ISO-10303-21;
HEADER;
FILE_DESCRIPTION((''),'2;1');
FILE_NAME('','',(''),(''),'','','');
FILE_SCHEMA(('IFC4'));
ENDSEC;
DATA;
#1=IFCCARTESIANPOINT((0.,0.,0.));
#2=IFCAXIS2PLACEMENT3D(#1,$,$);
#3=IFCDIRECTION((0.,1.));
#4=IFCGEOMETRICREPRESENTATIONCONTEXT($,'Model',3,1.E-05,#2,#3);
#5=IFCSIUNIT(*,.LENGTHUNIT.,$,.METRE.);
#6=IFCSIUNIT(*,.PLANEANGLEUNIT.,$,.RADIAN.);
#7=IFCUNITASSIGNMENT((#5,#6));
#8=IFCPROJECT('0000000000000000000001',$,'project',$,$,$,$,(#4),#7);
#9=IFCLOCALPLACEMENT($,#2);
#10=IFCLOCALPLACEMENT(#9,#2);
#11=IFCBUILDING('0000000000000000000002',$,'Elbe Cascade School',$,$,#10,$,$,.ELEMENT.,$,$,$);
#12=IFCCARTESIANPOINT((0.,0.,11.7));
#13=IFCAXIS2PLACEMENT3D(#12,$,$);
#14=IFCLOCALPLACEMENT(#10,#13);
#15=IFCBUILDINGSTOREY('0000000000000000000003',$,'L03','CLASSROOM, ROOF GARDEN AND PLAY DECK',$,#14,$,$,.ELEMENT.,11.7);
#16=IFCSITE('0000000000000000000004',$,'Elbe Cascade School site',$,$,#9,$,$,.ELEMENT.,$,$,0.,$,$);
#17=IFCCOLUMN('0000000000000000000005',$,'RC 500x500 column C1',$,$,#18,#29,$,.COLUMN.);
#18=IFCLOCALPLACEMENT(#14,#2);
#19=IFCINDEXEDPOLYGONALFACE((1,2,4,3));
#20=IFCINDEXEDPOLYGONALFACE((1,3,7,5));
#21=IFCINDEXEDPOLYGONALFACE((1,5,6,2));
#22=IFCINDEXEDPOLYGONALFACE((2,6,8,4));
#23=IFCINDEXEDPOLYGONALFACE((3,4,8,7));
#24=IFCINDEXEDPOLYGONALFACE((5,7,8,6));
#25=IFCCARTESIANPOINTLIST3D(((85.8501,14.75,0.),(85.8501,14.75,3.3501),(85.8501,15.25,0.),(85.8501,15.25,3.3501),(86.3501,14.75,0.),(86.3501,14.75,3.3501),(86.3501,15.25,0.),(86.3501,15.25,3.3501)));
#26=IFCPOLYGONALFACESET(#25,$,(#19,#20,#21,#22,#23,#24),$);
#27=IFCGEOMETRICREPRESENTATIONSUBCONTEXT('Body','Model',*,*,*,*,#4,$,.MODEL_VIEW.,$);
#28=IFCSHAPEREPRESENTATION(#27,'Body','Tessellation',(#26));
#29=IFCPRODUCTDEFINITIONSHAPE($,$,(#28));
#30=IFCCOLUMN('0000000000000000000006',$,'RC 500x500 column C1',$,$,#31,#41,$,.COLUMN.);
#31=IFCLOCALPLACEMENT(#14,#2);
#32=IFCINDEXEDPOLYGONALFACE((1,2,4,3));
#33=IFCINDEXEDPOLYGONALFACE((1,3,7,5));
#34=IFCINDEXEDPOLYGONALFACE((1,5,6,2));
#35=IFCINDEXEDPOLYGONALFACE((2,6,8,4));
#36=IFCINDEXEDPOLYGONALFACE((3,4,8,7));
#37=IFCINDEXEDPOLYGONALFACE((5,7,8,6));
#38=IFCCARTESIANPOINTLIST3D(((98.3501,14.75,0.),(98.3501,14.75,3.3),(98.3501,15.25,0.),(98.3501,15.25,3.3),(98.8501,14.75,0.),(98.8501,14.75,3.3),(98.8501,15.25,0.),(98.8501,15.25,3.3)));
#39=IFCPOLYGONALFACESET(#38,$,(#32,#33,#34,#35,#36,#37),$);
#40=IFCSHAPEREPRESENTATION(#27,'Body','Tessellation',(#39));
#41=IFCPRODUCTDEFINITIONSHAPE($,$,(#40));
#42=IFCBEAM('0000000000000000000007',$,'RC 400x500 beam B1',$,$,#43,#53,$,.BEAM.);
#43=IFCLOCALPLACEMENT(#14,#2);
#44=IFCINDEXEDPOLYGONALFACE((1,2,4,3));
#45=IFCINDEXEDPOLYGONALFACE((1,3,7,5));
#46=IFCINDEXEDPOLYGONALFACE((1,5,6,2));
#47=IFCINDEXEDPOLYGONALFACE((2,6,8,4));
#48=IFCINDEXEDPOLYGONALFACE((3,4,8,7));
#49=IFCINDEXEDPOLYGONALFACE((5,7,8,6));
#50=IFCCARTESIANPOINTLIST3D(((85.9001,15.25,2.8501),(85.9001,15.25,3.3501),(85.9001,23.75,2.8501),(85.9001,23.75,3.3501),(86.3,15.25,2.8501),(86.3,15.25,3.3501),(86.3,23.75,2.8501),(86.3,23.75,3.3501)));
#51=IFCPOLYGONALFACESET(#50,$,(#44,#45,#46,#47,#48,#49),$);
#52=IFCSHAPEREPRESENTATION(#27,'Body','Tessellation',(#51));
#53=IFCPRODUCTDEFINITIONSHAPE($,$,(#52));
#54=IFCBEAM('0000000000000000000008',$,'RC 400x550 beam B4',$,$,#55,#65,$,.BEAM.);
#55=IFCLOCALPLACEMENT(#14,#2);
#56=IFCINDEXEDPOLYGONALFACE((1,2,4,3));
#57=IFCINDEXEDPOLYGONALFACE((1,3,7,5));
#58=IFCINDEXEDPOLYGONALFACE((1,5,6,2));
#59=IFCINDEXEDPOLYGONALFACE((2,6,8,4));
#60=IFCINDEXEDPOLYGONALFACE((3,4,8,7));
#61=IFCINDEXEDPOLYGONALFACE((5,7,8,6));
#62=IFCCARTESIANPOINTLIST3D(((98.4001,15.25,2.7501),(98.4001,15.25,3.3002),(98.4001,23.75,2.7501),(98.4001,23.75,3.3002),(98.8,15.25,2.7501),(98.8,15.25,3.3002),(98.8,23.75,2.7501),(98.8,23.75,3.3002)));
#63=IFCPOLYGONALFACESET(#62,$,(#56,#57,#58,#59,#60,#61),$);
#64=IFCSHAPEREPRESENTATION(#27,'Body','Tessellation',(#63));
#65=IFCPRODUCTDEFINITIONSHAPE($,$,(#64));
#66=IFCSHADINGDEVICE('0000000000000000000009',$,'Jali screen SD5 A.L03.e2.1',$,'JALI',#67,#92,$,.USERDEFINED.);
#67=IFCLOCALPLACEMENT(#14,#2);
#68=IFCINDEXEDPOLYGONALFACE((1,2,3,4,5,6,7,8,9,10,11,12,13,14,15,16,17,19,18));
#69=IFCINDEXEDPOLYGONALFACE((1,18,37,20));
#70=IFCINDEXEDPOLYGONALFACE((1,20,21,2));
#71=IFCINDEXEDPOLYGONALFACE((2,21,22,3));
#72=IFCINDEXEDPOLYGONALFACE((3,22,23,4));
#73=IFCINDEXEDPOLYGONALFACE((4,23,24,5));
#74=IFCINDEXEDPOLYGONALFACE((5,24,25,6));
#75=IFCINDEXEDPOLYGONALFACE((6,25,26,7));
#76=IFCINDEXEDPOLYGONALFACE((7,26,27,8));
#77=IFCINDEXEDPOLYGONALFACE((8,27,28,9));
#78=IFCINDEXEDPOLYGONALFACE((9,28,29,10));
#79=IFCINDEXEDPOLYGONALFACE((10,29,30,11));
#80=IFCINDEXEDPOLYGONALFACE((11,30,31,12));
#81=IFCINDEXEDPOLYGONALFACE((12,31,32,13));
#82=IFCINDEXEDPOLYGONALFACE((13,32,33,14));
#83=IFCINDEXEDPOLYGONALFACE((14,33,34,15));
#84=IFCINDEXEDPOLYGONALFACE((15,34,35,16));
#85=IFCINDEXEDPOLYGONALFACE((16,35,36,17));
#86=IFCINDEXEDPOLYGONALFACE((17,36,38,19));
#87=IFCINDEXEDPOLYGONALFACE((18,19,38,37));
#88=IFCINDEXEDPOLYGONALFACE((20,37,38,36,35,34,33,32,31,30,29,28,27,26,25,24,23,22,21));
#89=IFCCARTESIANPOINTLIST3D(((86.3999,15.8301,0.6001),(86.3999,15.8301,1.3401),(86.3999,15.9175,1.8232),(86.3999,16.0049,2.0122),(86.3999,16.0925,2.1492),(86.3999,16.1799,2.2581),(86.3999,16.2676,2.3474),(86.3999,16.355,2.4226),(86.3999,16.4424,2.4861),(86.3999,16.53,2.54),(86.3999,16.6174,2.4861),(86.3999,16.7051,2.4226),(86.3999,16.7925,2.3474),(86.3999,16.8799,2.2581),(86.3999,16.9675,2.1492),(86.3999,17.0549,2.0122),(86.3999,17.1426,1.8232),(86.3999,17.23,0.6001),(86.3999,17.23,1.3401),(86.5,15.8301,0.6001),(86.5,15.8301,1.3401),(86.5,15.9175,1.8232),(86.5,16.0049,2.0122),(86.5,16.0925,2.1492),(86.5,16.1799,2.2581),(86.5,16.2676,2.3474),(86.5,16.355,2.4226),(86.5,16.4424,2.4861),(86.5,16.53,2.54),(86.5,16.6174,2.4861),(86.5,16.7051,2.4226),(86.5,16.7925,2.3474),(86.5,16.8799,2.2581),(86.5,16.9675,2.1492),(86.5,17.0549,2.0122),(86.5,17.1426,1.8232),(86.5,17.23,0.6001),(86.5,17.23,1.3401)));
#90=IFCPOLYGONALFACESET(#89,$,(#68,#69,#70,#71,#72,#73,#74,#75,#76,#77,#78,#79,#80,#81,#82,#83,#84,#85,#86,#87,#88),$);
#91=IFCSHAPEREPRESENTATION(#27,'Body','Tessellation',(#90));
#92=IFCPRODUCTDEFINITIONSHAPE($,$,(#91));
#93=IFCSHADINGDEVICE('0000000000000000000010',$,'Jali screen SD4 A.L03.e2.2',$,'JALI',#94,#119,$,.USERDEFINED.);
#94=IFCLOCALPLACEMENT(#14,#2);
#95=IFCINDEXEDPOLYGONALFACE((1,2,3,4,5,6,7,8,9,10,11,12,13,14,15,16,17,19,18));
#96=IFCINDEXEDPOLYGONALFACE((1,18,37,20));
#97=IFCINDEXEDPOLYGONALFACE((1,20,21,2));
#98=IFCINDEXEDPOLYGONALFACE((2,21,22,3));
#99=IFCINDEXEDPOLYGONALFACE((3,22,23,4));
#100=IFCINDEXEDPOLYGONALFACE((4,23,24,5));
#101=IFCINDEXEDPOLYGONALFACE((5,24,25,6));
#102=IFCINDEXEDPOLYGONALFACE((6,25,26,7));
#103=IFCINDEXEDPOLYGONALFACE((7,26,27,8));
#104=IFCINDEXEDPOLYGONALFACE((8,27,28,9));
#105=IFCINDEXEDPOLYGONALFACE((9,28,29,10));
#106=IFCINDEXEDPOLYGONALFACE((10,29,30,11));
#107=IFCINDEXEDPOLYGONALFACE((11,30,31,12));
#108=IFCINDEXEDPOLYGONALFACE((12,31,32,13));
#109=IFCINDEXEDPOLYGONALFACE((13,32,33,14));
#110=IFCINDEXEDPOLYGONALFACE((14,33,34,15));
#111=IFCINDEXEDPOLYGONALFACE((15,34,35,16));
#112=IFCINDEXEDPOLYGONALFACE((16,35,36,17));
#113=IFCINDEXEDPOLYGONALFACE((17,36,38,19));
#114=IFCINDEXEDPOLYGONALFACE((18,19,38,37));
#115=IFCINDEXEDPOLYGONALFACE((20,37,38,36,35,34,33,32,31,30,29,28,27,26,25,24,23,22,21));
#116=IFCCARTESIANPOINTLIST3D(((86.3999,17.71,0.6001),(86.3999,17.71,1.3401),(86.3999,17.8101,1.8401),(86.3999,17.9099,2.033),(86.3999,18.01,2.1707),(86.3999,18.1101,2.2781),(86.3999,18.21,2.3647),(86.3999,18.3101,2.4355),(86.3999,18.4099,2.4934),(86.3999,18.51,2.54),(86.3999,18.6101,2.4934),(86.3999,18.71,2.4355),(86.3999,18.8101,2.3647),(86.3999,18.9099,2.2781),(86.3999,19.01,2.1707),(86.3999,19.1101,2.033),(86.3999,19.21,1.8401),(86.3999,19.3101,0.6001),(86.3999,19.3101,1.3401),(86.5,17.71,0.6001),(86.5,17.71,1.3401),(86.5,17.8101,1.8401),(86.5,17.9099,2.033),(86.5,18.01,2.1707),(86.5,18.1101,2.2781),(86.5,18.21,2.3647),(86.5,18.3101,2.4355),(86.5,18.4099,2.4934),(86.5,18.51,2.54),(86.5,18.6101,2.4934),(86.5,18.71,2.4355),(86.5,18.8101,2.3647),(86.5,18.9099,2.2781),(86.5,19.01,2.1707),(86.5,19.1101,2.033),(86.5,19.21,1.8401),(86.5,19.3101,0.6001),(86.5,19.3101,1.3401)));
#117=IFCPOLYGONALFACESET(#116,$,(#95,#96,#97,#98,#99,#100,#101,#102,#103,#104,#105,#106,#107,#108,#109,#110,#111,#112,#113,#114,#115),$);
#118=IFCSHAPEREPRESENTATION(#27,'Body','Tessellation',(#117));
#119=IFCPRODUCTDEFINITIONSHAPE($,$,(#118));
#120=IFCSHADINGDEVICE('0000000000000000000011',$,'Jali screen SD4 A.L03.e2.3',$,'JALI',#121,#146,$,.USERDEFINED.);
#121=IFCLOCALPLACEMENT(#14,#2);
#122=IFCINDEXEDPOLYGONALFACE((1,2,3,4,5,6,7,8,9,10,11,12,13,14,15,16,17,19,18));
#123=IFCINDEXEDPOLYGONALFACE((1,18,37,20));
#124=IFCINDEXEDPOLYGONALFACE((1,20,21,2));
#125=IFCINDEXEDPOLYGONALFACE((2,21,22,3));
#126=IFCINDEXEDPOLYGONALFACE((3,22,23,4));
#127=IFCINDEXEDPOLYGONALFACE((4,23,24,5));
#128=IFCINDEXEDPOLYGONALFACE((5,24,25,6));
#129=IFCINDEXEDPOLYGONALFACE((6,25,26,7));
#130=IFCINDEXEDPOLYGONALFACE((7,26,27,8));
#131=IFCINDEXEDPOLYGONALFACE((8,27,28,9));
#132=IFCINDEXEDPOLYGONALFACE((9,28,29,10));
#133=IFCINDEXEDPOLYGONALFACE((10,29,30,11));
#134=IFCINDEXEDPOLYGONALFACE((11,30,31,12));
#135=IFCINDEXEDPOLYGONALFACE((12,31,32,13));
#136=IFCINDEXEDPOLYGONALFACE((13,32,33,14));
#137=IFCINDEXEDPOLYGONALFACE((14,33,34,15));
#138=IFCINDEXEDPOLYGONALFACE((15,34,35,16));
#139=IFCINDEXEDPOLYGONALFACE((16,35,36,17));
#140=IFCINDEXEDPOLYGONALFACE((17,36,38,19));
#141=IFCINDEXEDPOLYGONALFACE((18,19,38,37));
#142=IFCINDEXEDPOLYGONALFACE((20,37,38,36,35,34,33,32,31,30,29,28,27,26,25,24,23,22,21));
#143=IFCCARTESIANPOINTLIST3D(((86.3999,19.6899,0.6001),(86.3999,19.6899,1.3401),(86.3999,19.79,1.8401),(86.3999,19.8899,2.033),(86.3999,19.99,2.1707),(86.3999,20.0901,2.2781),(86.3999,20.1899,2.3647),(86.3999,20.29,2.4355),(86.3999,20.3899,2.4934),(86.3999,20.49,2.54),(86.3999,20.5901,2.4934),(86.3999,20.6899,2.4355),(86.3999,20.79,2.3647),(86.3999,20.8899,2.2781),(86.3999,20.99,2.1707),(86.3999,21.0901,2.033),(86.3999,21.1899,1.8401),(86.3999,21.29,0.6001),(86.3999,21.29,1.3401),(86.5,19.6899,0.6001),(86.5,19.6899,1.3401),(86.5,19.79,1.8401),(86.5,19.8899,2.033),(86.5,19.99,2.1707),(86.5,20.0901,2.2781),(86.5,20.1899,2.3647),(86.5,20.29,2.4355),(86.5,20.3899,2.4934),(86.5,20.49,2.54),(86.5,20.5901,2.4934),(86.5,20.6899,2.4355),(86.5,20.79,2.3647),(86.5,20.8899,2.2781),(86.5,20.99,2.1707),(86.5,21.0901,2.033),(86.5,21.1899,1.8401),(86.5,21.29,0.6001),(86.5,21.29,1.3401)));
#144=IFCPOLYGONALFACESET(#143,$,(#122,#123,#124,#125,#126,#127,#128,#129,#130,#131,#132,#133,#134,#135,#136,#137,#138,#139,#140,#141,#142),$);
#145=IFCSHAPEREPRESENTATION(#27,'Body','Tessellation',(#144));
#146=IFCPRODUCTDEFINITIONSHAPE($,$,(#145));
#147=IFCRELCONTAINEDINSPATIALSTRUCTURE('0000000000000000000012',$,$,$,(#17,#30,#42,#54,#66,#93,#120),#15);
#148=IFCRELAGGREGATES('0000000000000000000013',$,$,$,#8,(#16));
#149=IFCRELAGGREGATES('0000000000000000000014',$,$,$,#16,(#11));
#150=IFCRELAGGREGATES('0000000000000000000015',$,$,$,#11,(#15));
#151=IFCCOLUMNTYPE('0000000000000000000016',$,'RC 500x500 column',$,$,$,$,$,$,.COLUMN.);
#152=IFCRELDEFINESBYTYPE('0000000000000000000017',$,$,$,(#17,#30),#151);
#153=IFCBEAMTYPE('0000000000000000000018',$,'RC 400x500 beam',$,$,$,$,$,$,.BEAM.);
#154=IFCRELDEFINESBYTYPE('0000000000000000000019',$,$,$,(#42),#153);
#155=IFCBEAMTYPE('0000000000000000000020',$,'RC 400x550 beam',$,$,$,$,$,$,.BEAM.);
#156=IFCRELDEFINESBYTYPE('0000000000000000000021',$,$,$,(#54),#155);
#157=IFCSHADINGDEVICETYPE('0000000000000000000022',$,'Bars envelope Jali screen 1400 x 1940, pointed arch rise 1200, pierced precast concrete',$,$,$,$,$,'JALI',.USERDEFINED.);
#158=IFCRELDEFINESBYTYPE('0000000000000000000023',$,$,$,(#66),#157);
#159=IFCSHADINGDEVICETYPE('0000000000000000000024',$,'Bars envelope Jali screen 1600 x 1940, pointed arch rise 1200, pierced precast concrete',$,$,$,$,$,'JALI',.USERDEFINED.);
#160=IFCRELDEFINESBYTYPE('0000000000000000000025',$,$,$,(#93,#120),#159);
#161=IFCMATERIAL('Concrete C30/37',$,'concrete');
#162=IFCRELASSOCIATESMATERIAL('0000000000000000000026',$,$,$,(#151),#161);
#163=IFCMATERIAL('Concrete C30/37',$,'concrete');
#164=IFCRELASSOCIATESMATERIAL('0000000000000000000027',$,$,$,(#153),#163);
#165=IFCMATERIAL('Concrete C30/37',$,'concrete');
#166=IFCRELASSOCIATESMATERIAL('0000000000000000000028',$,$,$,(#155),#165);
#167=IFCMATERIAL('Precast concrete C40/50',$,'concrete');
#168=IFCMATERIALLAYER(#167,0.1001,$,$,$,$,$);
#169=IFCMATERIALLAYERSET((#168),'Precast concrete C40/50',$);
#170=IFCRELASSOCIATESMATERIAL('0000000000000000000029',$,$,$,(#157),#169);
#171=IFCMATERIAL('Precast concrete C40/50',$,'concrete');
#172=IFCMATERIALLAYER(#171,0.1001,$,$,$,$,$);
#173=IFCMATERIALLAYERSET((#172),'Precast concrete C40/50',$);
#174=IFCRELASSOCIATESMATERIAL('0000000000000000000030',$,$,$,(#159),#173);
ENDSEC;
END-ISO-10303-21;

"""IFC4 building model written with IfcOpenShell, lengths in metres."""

from ifc_helpers import new_model, si_unit, direction, frame, origin, origin_2d, place, context, subcontext, project, spatial, polyline, rectangle, outline, extrude, material, layer, layer_set, material_profile, profile_set, type_object, element, save


model = new_model("IFC4")

# Units and contexts
model_context = context("Model", 3, precision=1e-05, world=origin(), true_north=direction((0.0, 1.0)))
body_context = subcontext(model_context, "Body", "Model", "MODEL_VIEW")
ifc_project = project(units=[si_unit("LENGTHUNIT", "METRE"), si_unit("PLANEANGLEUNIT", "RADIAN")], contexts=[model_context])

# Site, building, storey
site_placement = place(None, origin())
site = spatial("IfcSite", under=ifc_project, at=site_placement, Name="Elbe Cascade School site", CompositionType="ELEMENT", RefElevation=0.0)
building_placement = place(site_placement, origin())
building = spatial("IfcBuilding", under=site, at=building_placement, Name="Elbe Cascade School", CompositionType="ELEMENT")
storey_placement = place(building_placement, frame((0.0, 0.0, 11.7)))
storey = spatial("IfcBuildingStorey", under=building, at=storey_placement, Name="L03", Description="CLASSROOM, ROOF GARDEN AND PLAY DECK", CompositionType="ELEMENT", Elevation=11.7)

# Columns
ifc_material_1 = material(Name="Concrete C30/37", Category="concrete")
ifc_material_profile_1 = material_profile(ifc_material_1, rectangle(XDim=0.5, YDim=0.5, at=origin_2d()), Name="RC 500x500")
ifc_profile_set_1 = profile_set([ifc_material_profile_1], Name="Concrete C30/37")
column_type = type_object("IfcColumnType", Name="RC 500x500 column", PredefinedType="COLUMN", material=ifc_profile_set_1)
column_1_placement = place(storey_placement, frame((86.1001, 15.0, 0.0), z_axis=(0.0, 0.0, 1.0), x_axis=(1.0, 0.0, 0.0)))
element("IfcColumn", 1, at=column_1_placement, inside=storey, type_object=column_type, Name="RC 500x500 column C1", PredefinedType="COLUMN", context=body_context, shape_type="SweptSolid", body=[
    extrude(rectangle(XDim=0.5, YDim=0.5, at=origin_2d()), origin(), (0.0, 0.0, 1.0), 3.3501),
])
column_2_placement = place(storey_placement, frame((98.6001, 15.0, 0.0), z_axis=(0.0, 0.0, 1.0), x_axis=(1.0, 0.0, 0.0)))
element("IfcColumn", 2, at=column_2_placement, inside=storey, type_object=column_type, Name="RC 500x500 column C1", PredefinedType="COLUMN", context=body_context, shape_type="SweptSolid", body=[
    extrude(rectangle(XDim=0.5, YDim=0.5, at=origin_2d()), origin(), (0.0, 0.0, 1.0), 3.3),
])

# Beams
ifc_material_2 = material(Name="Concrete C30/37", Category="concrete")
ifc_material_profile_2 = material_profile(ifc_material_2, rectangle(XDim=0.3999, YDim=0.5, at=origin_2d()), Name="RC 400x500")
ifc_profile_set_2 = profile_set([ifc_material_profile_2], Name="Concrete C30/37")
beam_type_1 = type_object("IfcBeamType", Name="RC 400x500 beam", PredefinedType="BEAM", material=ifc_profile_set_2)
beam_1_placement = place(storey_placement, frame((86.1001, 15.25, 3.1001), z_axis=(0.0, 1.0, 0.0), x_axis=(-1.0, 0.0, 0.0)))
element("IfcBeam", 3, at=beam_1_placement, inside=storey, type_object=beam_type_1, Name="RC 400x500 beam B1", PredefinedType="BEAM", context=body_context, shape_type="SweptSolid", body=[
    extrude(rectangle(XDim=0.3999, YDim=0.5, at=origin_2d()), origin(), (0.0, 0.0, 1.0), 8.5),
])
ifc_material_3 = material(Name="Concrete C30/37", Category="concrete")
ifc_material_profile_3 = material_profile(ifc_material_3, rectangle(XDim=0.3999, YDim=0.55, at=origin_2d()), Name="RC 400x550")
ifc_profile_set_3 = profile_set([ifc_material_profile_3], Name="Concrete C30/37")
beam_type_2 = type_object("IfcBeamType", Name="RC 400x550 beam", PredefinedType="BEAM", material=ifc_profile_set_3)
beam_2_placement = place(storey_placement, frame((98.6001, 15.25, 3.0251), z_axis=(0.0, 1.0, 0.0), x_axis=(-1.0, 0.0, 0.0)))
element("IfcBeam", 4, at=beam_2_placement, inside=storey, type_object=beam_type_2, Name="RC 400x550 beam B4", PredefinedType="BEAM", context=body_context, shape_type="SweptSolid", body=[
    extrude(rectangle(XDim=0.3999, YDim=0.55, at=origin_2d()), origin(), (0.0, 0.0, 1.0), 8.5),
])

# Shading devices
ifc_material_4 = material(Name="Precast concrete C40/50", Category="concrete")
ifc_layer_1 = layer(ifc_material_4, 0.1001)
ifc_layer_set_1 = layer_set([ifc_layer_1], Name="Precast concrete C40/50")
shading_device_type_1 = type_object("IfcShadingDeviceType", Name="Bars envelope Jali screen 1400 x 1940, pointed arch rise 1200, pierced precast concrete", ElementType="JALI", PredefinedType="USERDEFINED", material=ifc_layer_set_1)
shading_device_1_placement = place(storey_placement, frame((86.5, 15.8301, 0.6001), z_axis=(1.0, 0.0, 0.0), x_axis=(0.0, 1.0, 0.0)))
element("IfcShadingDevice", 5, at=shading_device_1_placement, inside=storey, type_object=shading_device_type_1, Name="Jali screen SD5 A.L03.e2.1", ObjectType="JALI", PredefinedType="USERDEFINED", context=body_context, shape_type="SweptSolid", body=[
    extrude(outline(polyline([(0.0, 0.0), (1.3999, 0.0), (1.3999, 0.74), (1.3125, 1.2231), (1.2249, 1.4121), (1.1375, 1.5491), (1.0498, 1.658), (0.9624, 1.7473), (0.875, 1.8225), (0.7874, 1.886), (0.7, 1.9399), (0.6123, 1.886), (0.5249, 1.8225), (0.4375, 1.7473), (0.3499, 1.658), (0.2625, 1.5491), (0.1748, 1.4121), (0.0874, 1.2231), (0.0, 0.74), (0.0, 0.0)])), origin(), (0.0, 0.0, -1.0), 0.1001),
])
ifc_material_5 = material(Name="Precast concrete C40/50", Category="concrete")
ifc_layer_2 = layer(ifc_material_5, 0.1001)
ifc_layer_set_2 = layer_set([ifc_layer_2], Name="Precast concrete C40/50")
shading_device_type_2 = type_object("IfcShadingDeviceType", Name="Bars envelope Jali screen 1600 x 1940, pointed arch rise 1200, pierced precast concrete", ElementType="JALI", PredefinedType="USERDEFINED", material=ifc_layer_set_2)
for number, where, z_axis, x_axis, name in (
    (6, (86.5, 17.71, 0.6001), (1.0, 0.0, 0.0), (0.0, 1.0, 0.0), "Jali screen SD4 A.L03.e2.2"),
    (7, (86.5, 19.6899, 0.6001), (1.0, 0.0, 0.0), (0.0, 1.0, 0.0), "Jali screen SD4 A.L03.e2.3"),
):
    element("IfcShadingDevice", number, at=place(storey_placement, frame(where, z_axis=z_axis, x_axis=x_axis)), inside=storey, type_object=shading_device_type_2, Name=name, ObjectType="JALI", PredefinedType="USERDEFINED", context=body_context, shape_type="SweptSolid", body=[
        extrude(outline(polyline([(0.0, 0.0), (1.6001, 0.0), (1.6001, 0.74), (1.5, 1.24), (1.4001, 1.4329), (1.3, 1.5706), (1.2, 1.678), (1.1001, 1.7646), (1.0, 1.8354), (0.9001, 1.8933), (0.8, 1.9399), (0.7, 1.8933), (0.6001, 1.8354), (0.5, 1.7646), (0.4001, 1.678), (0.3, 1.5706), (0.2, 1.4329), (0.1001, 1.24), (0.0, 0.74), (0.0, 0.0)])), origin(), (0.0, 0.0, -1.0), 0.1001),
    ])

save(model, "model.ifc")
